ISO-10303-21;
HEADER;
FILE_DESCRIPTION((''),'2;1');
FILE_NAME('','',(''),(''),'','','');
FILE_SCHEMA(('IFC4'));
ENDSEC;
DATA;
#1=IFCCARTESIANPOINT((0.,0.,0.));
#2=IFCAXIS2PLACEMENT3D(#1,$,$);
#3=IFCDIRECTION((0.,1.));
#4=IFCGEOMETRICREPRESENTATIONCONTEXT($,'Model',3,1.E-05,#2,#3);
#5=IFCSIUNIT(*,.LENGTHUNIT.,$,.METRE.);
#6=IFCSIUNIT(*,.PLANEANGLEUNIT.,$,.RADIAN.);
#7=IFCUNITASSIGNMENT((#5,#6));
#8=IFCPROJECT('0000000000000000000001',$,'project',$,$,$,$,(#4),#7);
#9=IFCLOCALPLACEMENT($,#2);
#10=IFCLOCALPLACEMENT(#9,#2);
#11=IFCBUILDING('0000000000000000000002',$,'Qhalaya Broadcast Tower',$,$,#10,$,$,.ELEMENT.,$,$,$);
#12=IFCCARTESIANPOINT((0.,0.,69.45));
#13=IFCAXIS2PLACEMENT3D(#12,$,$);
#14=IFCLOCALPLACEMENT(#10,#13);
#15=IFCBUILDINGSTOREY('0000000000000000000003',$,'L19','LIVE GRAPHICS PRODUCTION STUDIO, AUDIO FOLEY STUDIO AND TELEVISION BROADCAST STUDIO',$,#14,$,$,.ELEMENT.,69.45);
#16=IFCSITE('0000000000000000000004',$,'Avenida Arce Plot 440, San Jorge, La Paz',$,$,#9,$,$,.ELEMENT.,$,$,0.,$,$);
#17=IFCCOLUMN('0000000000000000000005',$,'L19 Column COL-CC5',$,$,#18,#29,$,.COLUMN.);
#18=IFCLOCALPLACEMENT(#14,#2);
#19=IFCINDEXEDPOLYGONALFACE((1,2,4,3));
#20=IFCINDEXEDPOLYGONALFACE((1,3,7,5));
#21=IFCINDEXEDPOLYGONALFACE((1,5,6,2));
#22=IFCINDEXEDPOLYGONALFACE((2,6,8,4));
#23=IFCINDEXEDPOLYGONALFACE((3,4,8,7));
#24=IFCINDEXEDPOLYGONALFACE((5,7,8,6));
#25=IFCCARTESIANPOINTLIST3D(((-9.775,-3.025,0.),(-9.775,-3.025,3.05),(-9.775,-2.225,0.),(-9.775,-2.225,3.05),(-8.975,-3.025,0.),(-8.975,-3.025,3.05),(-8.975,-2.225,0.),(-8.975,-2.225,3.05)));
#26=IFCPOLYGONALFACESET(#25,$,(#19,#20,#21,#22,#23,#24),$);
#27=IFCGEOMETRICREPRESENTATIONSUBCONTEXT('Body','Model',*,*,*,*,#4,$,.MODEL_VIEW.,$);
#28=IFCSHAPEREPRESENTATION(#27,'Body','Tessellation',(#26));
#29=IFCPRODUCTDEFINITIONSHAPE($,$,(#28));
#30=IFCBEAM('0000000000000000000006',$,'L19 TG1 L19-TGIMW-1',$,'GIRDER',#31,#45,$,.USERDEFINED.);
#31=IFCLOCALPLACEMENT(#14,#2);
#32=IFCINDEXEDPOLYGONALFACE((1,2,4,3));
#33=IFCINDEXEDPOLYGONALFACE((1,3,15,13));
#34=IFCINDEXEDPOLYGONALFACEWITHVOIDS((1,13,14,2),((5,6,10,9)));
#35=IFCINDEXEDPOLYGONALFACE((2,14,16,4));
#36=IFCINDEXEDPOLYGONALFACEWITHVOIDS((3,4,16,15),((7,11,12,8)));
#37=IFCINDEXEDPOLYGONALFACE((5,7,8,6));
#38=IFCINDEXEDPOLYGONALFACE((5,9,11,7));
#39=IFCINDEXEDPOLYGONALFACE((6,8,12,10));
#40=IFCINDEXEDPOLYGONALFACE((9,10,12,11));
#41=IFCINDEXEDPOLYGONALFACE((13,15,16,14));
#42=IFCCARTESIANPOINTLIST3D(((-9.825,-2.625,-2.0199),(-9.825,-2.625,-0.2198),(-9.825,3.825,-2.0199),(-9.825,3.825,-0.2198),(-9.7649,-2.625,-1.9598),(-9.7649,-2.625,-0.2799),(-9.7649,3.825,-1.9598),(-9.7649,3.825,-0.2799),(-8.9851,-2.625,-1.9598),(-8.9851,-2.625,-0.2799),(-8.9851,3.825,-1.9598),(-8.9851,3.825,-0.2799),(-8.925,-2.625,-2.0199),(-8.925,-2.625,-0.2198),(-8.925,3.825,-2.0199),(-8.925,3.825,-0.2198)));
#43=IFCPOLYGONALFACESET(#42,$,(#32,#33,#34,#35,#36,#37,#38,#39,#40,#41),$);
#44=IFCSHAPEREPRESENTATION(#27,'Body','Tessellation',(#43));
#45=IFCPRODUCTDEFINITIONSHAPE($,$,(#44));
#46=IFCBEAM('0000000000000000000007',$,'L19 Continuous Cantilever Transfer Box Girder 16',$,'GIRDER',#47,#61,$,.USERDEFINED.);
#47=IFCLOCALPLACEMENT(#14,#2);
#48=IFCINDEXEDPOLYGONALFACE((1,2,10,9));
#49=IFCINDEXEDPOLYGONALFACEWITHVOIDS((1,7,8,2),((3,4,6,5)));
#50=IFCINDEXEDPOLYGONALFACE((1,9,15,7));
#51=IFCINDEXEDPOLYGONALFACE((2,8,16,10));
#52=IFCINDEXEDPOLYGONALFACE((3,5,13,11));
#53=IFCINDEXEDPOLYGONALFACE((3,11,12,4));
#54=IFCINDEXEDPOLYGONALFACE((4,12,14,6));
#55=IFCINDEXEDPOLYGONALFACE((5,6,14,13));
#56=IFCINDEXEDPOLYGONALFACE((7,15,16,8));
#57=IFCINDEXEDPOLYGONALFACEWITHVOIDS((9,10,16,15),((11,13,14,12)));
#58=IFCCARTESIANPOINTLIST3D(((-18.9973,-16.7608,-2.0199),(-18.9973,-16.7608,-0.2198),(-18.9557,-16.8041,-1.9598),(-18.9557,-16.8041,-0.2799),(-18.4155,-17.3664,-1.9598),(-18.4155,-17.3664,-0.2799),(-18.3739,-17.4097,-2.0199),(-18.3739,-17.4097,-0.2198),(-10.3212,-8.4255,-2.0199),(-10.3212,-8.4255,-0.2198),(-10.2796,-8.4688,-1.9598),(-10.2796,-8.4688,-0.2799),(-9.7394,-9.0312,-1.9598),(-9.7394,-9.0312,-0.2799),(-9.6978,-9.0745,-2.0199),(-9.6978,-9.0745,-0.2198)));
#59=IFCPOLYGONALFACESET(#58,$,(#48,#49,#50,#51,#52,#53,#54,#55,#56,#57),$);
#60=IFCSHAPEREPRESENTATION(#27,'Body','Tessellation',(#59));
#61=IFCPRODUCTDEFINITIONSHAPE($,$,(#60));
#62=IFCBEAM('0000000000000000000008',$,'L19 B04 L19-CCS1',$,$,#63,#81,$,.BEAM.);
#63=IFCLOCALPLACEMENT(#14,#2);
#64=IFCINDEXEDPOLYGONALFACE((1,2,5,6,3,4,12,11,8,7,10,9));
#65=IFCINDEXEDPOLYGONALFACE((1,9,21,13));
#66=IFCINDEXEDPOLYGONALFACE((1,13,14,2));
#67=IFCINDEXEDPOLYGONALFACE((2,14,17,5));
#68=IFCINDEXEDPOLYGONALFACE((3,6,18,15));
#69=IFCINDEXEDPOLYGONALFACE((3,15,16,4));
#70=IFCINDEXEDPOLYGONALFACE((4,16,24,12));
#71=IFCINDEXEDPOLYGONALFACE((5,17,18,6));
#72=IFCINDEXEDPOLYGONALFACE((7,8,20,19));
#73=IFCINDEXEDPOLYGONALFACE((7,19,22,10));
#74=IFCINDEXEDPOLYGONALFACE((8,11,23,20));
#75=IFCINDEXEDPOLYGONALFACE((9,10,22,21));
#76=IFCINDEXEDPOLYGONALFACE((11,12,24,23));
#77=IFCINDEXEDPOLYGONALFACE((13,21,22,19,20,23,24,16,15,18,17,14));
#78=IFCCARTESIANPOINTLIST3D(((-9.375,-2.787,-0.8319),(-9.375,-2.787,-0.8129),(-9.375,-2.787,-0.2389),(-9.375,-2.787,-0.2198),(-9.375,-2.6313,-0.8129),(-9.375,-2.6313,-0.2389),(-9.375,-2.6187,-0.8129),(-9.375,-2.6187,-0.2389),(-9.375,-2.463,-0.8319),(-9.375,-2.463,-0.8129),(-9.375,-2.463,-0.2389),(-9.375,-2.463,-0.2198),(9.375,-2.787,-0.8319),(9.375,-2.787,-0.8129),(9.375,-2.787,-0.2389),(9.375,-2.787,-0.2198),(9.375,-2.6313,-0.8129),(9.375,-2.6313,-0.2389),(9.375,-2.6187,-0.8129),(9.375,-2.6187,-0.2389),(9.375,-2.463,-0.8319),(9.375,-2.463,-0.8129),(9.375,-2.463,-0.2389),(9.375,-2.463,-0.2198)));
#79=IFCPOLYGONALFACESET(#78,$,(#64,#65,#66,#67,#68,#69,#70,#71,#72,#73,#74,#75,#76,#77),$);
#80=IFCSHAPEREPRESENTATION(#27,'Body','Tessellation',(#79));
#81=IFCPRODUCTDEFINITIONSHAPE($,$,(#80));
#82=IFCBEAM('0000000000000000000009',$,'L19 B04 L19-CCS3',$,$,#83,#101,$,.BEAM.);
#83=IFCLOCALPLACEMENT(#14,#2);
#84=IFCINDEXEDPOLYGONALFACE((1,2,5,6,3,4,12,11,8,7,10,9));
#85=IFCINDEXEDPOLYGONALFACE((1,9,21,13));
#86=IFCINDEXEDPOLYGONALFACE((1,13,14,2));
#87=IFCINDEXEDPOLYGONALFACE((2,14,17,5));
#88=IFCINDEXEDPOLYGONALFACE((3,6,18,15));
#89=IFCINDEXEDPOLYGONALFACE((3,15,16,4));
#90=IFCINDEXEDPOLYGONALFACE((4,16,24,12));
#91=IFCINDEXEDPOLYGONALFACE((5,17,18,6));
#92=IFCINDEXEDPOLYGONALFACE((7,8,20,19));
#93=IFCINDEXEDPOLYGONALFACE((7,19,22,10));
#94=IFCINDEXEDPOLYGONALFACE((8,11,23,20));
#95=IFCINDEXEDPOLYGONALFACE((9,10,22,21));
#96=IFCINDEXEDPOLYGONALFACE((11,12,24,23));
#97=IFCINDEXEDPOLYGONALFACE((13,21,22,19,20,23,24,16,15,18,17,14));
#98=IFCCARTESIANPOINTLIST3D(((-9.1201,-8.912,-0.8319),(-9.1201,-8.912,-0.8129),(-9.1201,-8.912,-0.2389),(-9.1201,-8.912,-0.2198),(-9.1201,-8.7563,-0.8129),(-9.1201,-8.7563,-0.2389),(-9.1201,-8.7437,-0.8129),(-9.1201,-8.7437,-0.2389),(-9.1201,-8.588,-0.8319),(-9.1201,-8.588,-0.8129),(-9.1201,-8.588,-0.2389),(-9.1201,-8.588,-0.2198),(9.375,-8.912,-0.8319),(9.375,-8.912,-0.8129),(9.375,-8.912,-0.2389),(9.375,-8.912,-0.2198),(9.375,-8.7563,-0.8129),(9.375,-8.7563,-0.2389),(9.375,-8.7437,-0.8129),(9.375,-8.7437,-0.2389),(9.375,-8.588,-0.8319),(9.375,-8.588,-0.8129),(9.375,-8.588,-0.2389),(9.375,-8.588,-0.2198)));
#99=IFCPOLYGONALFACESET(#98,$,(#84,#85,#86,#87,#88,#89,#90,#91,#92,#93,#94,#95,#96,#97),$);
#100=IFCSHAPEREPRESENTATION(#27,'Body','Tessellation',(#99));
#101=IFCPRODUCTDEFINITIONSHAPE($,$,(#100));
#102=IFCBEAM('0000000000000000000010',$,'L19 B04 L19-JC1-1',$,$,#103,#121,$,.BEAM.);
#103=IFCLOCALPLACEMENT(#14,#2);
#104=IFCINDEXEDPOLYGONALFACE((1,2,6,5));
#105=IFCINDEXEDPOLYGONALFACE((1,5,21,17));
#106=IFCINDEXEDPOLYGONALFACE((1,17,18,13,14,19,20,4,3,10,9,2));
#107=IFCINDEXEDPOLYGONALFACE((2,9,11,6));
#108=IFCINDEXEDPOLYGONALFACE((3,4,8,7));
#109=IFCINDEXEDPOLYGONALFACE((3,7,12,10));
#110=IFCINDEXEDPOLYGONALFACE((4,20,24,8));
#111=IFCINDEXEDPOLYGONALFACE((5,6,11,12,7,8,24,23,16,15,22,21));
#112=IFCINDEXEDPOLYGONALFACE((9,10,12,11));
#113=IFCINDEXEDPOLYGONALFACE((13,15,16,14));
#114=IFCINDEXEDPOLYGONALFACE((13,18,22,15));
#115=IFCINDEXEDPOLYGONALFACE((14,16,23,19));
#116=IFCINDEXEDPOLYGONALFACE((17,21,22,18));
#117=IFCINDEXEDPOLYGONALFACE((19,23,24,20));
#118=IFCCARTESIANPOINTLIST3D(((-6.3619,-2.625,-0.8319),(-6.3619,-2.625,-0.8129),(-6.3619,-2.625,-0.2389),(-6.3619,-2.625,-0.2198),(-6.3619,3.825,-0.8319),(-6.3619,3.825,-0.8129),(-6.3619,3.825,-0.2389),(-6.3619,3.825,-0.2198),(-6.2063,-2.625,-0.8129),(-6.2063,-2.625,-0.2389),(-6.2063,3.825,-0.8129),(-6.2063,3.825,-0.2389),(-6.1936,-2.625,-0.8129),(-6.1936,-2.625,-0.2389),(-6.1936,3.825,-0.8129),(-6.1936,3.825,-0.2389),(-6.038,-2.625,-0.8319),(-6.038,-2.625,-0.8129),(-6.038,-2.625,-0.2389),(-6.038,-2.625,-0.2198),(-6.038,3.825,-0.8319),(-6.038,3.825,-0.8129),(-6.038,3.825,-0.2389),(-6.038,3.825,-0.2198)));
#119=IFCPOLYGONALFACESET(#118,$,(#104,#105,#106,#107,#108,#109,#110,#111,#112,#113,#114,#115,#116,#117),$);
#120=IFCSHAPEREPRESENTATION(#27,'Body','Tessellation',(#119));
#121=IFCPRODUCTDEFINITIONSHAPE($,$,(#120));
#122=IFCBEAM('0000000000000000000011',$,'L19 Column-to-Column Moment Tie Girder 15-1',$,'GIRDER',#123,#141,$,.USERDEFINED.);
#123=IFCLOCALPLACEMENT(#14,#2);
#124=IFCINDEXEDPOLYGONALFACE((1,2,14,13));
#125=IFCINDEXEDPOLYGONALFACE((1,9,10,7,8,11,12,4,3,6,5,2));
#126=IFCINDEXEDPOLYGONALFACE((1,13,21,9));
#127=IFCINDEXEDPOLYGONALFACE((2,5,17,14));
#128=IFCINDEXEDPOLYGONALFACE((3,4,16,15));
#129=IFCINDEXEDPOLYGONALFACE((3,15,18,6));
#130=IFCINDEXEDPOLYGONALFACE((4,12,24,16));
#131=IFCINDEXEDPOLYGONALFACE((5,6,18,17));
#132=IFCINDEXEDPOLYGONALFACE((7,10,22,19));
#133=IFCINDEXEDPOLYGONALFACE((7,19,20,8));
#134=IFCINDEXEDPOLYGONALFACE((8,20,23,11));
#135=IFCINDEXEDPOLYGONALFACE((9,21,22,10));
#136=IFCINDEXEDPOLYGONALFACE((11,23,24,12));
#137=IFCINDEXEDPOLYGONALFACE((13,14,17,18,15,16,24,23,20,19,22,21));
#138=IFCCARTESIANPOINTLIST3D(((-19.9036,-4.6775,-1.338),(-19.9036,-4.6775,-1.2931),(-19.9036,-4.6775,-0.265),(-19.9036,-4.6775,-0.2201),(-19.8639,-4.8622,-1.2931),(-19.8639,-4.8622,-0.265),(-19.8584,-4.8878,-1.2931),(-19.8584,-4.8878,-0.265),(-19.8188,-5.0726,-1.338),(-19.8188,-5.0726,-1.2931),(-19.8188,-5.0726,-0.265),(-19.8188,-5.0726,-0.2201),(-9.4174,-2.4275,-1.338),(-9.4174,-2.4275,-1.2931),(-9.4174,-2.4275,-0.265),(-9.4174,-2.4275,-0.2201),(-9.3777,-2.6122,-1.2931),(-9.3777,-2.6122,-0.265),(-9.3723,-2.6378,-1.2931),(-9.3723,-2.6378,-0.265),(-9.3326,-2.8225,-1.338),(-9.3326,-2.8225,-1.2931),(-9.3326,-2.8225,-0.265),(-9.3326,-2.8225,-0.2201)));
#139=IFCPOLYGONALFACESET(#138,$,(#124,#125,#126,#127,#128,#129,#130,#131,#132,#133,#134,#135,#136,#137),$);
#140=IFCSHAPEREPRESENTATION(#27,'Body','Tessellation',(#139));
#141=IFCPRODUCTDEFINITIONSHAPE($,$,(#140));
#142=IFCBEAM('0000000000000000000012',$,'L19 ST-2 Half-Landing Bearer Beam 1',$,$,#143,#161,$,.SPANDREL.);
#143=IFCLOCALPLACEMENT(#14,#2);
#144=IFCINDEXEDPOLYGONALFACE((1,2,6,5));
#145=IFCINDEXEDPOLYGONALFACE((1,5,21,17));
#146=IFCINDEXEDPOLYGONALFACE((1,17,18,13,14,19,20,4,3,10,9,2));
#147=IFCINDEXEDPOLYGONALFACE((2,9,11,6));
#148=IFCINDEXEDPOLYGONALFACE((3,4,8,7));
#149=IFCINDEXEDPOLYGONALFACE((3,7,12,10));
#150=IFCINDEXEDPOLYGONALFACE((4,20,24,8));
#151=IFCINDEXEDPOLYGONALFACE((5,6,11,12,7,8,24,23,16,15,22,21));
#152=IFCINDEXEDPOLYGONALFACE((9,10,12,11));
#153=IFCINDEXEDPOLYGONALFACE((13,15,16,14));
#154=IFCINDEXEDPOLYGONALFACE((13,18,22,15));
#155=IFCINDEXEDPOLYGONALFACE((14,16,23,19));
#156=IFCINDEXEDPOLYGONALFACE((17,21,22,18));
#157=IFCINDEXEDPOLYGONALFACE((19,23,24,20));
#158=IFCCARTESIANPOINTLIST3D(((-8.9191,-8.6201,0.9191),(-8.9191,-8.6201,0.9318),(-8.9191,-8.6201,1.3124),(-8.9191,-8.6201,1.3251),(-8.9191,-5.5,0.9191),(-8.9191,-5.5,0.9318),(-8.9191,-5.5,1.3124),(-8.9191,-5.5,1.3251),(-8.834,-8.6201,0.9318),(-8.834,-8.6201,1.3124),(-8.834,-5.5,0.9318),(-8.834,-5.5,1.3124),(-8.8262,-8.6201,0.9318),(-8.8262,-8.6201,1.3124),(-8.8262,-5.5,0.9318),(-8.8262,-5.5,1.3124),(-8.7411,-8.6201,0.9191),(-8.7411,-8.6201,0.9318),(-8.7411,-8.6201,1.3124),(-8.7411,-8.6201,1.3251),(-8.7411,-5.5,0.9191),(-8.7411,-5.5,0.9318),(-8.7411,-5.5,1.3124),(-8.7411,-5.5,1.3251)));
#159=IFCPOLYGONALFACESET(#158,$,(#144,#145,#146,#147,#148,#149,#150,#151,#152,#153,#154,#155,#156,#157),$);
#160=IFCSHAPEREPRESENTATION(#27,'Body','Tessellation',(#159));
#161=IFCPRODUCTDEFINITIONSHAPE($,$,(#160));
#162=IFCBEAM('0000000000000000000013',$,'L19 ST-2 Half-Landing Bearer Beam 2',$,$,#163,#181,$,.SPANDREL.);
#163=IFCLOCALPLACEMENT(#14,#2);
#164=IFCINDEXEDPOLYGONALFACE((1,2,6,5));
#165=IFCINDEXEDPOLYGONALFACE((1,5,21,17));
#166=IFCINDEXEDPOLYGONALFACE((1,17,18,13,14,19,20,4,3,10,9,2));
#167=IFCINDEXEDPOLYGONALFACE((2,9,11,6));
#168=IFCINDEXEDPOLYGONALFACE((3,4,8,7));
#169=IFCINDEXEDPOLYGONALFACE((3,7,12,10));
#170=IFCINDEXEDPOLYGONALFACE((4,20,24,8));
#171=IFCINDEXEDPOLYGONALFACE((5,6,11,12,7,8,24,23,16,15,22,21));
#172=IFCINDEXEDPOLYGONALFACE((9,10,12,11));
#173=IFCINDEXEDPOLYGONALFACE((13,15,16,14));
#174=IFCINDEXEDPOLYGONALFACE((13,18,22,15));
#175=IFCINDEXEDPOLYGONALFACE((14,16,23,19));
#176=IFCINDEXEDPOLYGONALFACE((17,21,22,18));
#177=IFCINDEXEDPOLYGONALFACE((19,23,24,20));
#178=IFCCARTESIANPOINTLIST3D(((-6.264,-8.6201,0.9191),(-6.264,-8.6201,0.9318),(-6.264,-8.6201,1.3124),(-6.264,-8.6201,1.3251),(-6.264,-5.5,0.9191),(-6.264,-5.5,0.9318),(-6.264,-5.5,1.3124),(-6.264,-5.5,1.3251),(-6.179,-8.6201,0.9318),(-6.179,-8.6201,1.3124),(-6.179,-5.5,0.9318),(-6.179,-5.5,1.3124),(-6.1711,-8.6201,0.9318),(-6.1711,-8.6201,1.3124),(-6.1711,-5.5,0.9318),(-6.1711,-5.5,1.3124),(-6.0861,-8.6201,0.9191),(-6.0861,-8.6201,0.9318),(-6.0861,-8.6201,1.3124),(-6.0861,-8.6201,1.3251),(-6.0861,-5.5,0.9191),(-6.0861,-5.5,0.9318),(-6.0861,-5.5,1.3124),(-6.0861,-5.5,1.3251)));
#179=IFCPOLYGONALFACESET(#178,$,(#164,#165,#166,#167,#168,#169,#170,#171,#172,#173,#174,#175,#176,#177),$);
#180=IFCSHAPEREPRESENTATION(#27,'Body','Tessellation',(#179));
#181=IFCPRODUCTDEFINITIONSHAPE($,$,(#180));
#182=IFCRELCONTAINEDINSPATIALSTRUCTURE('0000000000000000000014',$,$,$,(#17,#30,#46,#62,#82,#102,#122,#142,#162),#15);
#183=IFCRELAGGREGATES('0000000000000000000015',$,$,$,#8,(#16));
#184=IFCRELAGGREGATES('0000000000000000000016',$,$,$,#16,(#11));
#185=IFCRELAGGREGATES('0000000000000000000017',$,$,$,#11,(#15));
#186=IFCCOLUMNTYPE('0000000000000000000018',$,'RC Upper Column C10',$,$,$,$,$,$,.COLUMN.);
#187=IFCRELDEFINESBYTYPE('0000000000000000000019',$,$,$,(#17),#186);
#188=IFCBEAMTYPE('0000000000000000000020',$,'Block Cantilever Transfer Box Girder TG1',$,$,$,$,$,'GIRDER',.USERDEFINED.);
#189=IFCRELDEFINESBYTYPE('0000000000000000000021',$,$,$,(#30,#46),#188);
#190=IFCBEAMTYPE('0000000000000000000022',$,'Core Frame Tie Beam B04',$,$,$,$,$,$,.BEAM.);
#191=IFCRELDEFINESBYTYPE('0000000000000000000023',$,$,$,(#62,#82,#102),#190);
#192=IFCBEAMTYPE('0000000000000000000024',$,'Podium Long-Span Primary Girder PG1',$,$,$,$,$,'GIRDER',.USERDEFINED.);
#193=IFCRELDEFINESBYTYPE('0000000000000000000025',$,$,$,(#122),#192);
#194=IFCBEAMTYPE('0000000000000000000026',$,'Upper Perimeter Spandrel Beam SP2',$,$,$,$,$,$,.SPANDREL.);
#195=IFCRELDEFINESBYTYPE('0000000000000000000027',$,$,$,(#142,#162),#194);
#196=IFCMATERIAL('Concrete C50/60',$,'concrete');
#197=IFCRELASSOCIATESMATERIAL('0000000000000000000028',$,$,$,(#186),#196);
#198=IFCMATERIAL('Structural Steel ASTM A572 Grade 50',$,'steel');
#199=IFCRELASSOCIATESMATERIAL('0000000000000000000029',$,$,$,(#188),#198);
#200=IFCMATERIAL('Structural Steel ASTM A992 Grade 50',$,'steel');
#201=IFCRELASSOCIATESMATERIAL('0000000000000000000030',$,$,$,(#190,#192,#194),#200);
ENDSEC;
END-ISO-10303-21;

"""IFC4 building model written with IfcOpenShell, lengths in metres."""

from ifc_helpers import new_model, si_unit, direction, frame, origin, origin_2d, place, context, subcontext, project, spatial, rectangle, hollow_rectangle, i_section, extrude, material, material_profile, profile_set, type_object, element, save


model = new_model("IFC4")

# Units and contexts
model_context = context("Model", 3, precision=1e-05, world=origin(), true_north=direction((0.0, 1.0)))
body_context = subcontext(model_context, "Body", "Model", "MODEL_VIEW")
ifc_project = project(units=[si_unit("LENGTHUNIT", "METRE"), si_unit("PLANEANGLEUNIT", "RADIAN")], contexts=[model_context])

# Site, building, storey
site_placement = place(None, origin())
site = spatial("IfcSite", under=ifc_project, at=site_placement, Name="Avenida Arce Plot 440, San Jorge, La Paz", CompositionType="ELEMENT", RefElevation=0.0)
building_placement = place(site_placement, origin())
building = spatial("IfcBuilding", under=site, at=building_placement, Name="Qhalaya Broadcast Tower", CompositionType="ELEMENT")
storey_placement = place(building_placement, frame((0.0, 0.0, 69.45)))
storey = spatial("IfcBuildingStorey", under=building, at=storey_placement, Name="L19", Description="LIVE GRAPHICS PRODUCTION STUDIO, AUDIO FOLEY STUDIO AND TELEVISION BROADCAST STUDIO", CompositionType="ELEMENT", Elevation=69.45)

# Column
ifc_material_1 = material(Name="Concrete C50/60", Category="concrete")
ifc_material_profile_1 = material_profile(ifc_material_1, rectangle(XDim=0.8, YDim=0.8, at=origin_2d()), Name="RC-COL 800x800")
ifc_profile_set_1 = profile_set([ifc_material_profile_1], Name="Concrete C50/60")
column_type = type_object("IfcColumnType", Name="RC Upper Column C10", PredefinedType="COLUMN", material=ifc_profile_set_1)
column_placement = place(storey_placement, frame((-9.375, -2.625, 0.0), z_axis=(0.0, 0.0, 1.0), x_axis=(1.0, 0.0, 0.0)))
element("IfcColumn", 1, at=column_placement, inside=storey, type_object=column_type, Name="L19 Column COL-CC5", PredefinedType="COLUMN", context=body_context, shape_type="SweptSolid", body=[
    extrude(rectangle(XDim=0.8, YDim=0.8, at=origin_2d()), origin(), (0.0, 0.0, 1.0), 3.05),
])

# Beams
ifc_material_2 = material(Name="Structural Steel ASTM A572 Grade 50", Category="steel")
ifc_material_profile_2 = material_profile(ifc_material_2, hollow_rectangle(XDim=0.8999, YDim=1.8, WallThickness=0.0601, at=origin_2d()), Name="BOX 900x1800x60")
ifc_profile_set_2 = profile_set([ifc_material_profile_2], Name="Structural Steel ASTM A572 Grade 50")
beam_type_1 = type_object("IfcBeamType", Name="Block Cantilever Transfer Box Girder TG1", ElementType="GIRDER", PredefinedType="USERDEFINED", material=ifc_profile_set_2)
beam_1_placement = place(storey_placement, frame((-9.375, -2.625, -1.1199), z_axis=(0.0, 1.0, 0.0), x_axis=(-1.0, 0.0, 0.0)))
element("IfcBeam", 2, at=beam_1_placement, inside=storey, type_object=beam_type_1, Name="L19 TG1 L19-TGIMW-1", ObjectType="GIRDER", PredefinedType="USERDEFINED", context=body_context, shape_type="SweptSolid", body=[
    extrude(hollow_rectangle(XDim=0.8999, YDim=1.8, WallThickness=0.0601, at=origin_2d()), origin(), (0.0, 0.0, 1.0), 6.45),
])
beam_2_placement = place(storey_placement, frame((-10.0095, -8.75, -1.1199), z_axis=(-0.721129, -0.692801, 0.0), x_axis=(0.692801, -0.721129, 0.0)))
element("IfcBeam", 3, at=beam_2_placement, inside=storey, type_object=beam_type_1, Name="L19 Continuous Cantilever Transfer Box Girder 16", ObjectType="GIRDER", PredefinedType="USERDEFINED", context=body_context, shape_type="SweptSolid", body=[
    extrude(hollow_rectangle(XDim=0.8999, YDim=1.8, WallThickness=0.0601, at=origin_2d()), origin(), (0.0, 0.0, 1.0), 12.0312),
])
ifc_material_3 = material(Name="Structural Steel ASTM A992 Grade 50", Category="steel")
ifc_material_profile_3 = material_profile(ifc_material_3, i_section(OverallWidth=0.324, OverallDepth=0.6121, WebThickness=0.0127, FlangeThickness=0.019, at=origin_2d()), Name="W24X104")
ifc_profile_set_3 = profile_set([ifc_material_profile_3], Name="Structural Steel ASTM A992 Grade 50")
beam_type_2 = type_object("IfcBeamType", Name="Core Frame Tie Beam B04", PredefinedType="BEAM", material=ifc_profile_set_3)
beam_3_placement = place(storey_placement, frame((-9.375, -2.625, -0.5259), z_axis=(1.0, 0.0, 0.0), x_axis=(0.0, 1.0, 0.0)))
element("IfcBeam", 4, at=beam_3_placement, inside=storey, type_object=beam_type_2, Name="L19 B04 L19-CCS1", PredefinedType="BEAM", context=body_context, shape_type="SweptSolid", body=[
    extrude(i_section(OverallWidth=0.324, OverallDepth=0.6121, WebThickness=0.0127, FlangeThickness=0.019, at=origin_2d()), origin(), (0.0, 0.0, 1.0), 18.75),
])
beam_4_placement = place(storey_placement, frame((-9.1201, -8.75, -0.5259), z_axis=(1.0, 0.0, 0.0), x_axis=(0.0, 1.0, 0.0)))
element("IfcBeam", 5, at=beam_4_placement, inside=storey, type_object=beam_type_2, Name="L19 B04 L19-CCS3", PredefinedType="BEAM", context=body_context, shape_type="SweptSolid", body=[
    extrude(i_section(OverallWidth=0.324, OverallDepth=0.6121, WebThickness=0.0127, FlangeThickness=0.019, at=origin_2d()), origin(), (0.0, 0.0, 1.0), 18.4951),
])
beam_5_placement = place(storey_placement, frame((-6.2, -2.625, -0.5259), z_axis=(0.0, 1.0, 0.0), x_axis=(-1.0, 0.0, 0.0)))
element("IfcBeam", 6, at=beam_5_placement, inside=storey, type_object=beam_type_2, Name="L19 B04 L19-JC1-1", PredefinedType="BEAM", context=body_context, shape_type="SweptSolid", body=[
    extrude(i_section(OverallWidth=0.324, OverallDepth=0.6121, WebThickness=0.0127, FlangeThickness=0.019, at=origin_2d()), origin(), (0.0, 0.0, 1.0), 6.45),
])
ifc_material_profile_4 = material_profile(ifc_material_3, i_section(OverallWidth=0.4041, OverallDepth=1.1179, WebThickness=0.0261, FlangeThickness=0.0449, at=origin_2d()), Name="W44X335")
ifc_profile_set_4 = profile_set([ifc_material_profile_4], Name="Structural Steel ASTM A992 Grade 50")
beam_type_3 = type_object("IfcBeamType", Name="Podium Long-Span Primary Girder PG1", ElementType="GIRDER", PredefinedType="USERDEFINED", material=ifc_profile_set_4)
beam_6_placement = place(storey_placement, frame((-9.375, -2.625, -0.7791), z_axis=(-0.977745, -0.209795, 0.0), x_axis=(0.209795, -0.977745, 0.0)))
element("IfcBeam", 7, at=beam_6_placement, inside=storey, type_object=beam_type_3, Name="L19 Column-to-Column Moment Tie Girder 15-1", ObjectType="GIRDER", PredefinedType="USERDEFINED", context=body_context, shape_type="SweptSolid", body=[
    extrude(i_section(OverallWidth=0.4041, OverallDepth=1.1179, WebThickness=0.0261, FlangeThickness=0.0449, at=origin_2d()), origin(), (0.0, 0.0, 1.0), 10.7249),
])
ifc_material_profile_5 = material_profile(ifc_material_3, i_section(OverallWidth=0.178, OverallDepth=0.406, WebThickness=0.0078, FlangeThickness=0.0127, at=origin_2d()), Name="W16X40")
ifc_profile_set_5 = profile_set([ifc_material_profile_5], Name="Structural Steel ASTM A992 Grade 50")
beam_type_4 = type_object("IfcBeamType", Name="Upper Perimeter Spandrel Beam SP2", PredefinedType="SPANDREL", material=ifc_profile_set_5)
for number, where, z_axis, x_axis, name in (
    (8, (-8.8301, -8.6201, 1.1221), (0.0, 1.0, 0.0), (-1.0, 0.0, 0.0), "L19 ST-2 Half-Landing Bearer Beam 1"),
    (9, (-6.175, -8.6201, 1.1221), (0.0, 1.0, 0.0), (-1.0, 0.0, 0.0), "L19 ST-2 Half-Landing Bearer Beam 2"),
):
    element("IfcBeam", number, at=place(storey_placement, frame(where, z_axis=z_axis, x_axis=x_axis)), inside=storey, type_object=beam_type_4, Name=name, PredefinedType="SPANDREL", context=body_context, shape_type="SweptSolid", body=[
        extrude(i_section(OverallWidth=0.178, OverallDepth=0.406, WebThickness=0.0078, FlangeThickness=0.0127, at=origin_2d()), origin(), (0.0, 0.0, 1.0), 3.1201),
    ])

save(model, "model.ifc")
